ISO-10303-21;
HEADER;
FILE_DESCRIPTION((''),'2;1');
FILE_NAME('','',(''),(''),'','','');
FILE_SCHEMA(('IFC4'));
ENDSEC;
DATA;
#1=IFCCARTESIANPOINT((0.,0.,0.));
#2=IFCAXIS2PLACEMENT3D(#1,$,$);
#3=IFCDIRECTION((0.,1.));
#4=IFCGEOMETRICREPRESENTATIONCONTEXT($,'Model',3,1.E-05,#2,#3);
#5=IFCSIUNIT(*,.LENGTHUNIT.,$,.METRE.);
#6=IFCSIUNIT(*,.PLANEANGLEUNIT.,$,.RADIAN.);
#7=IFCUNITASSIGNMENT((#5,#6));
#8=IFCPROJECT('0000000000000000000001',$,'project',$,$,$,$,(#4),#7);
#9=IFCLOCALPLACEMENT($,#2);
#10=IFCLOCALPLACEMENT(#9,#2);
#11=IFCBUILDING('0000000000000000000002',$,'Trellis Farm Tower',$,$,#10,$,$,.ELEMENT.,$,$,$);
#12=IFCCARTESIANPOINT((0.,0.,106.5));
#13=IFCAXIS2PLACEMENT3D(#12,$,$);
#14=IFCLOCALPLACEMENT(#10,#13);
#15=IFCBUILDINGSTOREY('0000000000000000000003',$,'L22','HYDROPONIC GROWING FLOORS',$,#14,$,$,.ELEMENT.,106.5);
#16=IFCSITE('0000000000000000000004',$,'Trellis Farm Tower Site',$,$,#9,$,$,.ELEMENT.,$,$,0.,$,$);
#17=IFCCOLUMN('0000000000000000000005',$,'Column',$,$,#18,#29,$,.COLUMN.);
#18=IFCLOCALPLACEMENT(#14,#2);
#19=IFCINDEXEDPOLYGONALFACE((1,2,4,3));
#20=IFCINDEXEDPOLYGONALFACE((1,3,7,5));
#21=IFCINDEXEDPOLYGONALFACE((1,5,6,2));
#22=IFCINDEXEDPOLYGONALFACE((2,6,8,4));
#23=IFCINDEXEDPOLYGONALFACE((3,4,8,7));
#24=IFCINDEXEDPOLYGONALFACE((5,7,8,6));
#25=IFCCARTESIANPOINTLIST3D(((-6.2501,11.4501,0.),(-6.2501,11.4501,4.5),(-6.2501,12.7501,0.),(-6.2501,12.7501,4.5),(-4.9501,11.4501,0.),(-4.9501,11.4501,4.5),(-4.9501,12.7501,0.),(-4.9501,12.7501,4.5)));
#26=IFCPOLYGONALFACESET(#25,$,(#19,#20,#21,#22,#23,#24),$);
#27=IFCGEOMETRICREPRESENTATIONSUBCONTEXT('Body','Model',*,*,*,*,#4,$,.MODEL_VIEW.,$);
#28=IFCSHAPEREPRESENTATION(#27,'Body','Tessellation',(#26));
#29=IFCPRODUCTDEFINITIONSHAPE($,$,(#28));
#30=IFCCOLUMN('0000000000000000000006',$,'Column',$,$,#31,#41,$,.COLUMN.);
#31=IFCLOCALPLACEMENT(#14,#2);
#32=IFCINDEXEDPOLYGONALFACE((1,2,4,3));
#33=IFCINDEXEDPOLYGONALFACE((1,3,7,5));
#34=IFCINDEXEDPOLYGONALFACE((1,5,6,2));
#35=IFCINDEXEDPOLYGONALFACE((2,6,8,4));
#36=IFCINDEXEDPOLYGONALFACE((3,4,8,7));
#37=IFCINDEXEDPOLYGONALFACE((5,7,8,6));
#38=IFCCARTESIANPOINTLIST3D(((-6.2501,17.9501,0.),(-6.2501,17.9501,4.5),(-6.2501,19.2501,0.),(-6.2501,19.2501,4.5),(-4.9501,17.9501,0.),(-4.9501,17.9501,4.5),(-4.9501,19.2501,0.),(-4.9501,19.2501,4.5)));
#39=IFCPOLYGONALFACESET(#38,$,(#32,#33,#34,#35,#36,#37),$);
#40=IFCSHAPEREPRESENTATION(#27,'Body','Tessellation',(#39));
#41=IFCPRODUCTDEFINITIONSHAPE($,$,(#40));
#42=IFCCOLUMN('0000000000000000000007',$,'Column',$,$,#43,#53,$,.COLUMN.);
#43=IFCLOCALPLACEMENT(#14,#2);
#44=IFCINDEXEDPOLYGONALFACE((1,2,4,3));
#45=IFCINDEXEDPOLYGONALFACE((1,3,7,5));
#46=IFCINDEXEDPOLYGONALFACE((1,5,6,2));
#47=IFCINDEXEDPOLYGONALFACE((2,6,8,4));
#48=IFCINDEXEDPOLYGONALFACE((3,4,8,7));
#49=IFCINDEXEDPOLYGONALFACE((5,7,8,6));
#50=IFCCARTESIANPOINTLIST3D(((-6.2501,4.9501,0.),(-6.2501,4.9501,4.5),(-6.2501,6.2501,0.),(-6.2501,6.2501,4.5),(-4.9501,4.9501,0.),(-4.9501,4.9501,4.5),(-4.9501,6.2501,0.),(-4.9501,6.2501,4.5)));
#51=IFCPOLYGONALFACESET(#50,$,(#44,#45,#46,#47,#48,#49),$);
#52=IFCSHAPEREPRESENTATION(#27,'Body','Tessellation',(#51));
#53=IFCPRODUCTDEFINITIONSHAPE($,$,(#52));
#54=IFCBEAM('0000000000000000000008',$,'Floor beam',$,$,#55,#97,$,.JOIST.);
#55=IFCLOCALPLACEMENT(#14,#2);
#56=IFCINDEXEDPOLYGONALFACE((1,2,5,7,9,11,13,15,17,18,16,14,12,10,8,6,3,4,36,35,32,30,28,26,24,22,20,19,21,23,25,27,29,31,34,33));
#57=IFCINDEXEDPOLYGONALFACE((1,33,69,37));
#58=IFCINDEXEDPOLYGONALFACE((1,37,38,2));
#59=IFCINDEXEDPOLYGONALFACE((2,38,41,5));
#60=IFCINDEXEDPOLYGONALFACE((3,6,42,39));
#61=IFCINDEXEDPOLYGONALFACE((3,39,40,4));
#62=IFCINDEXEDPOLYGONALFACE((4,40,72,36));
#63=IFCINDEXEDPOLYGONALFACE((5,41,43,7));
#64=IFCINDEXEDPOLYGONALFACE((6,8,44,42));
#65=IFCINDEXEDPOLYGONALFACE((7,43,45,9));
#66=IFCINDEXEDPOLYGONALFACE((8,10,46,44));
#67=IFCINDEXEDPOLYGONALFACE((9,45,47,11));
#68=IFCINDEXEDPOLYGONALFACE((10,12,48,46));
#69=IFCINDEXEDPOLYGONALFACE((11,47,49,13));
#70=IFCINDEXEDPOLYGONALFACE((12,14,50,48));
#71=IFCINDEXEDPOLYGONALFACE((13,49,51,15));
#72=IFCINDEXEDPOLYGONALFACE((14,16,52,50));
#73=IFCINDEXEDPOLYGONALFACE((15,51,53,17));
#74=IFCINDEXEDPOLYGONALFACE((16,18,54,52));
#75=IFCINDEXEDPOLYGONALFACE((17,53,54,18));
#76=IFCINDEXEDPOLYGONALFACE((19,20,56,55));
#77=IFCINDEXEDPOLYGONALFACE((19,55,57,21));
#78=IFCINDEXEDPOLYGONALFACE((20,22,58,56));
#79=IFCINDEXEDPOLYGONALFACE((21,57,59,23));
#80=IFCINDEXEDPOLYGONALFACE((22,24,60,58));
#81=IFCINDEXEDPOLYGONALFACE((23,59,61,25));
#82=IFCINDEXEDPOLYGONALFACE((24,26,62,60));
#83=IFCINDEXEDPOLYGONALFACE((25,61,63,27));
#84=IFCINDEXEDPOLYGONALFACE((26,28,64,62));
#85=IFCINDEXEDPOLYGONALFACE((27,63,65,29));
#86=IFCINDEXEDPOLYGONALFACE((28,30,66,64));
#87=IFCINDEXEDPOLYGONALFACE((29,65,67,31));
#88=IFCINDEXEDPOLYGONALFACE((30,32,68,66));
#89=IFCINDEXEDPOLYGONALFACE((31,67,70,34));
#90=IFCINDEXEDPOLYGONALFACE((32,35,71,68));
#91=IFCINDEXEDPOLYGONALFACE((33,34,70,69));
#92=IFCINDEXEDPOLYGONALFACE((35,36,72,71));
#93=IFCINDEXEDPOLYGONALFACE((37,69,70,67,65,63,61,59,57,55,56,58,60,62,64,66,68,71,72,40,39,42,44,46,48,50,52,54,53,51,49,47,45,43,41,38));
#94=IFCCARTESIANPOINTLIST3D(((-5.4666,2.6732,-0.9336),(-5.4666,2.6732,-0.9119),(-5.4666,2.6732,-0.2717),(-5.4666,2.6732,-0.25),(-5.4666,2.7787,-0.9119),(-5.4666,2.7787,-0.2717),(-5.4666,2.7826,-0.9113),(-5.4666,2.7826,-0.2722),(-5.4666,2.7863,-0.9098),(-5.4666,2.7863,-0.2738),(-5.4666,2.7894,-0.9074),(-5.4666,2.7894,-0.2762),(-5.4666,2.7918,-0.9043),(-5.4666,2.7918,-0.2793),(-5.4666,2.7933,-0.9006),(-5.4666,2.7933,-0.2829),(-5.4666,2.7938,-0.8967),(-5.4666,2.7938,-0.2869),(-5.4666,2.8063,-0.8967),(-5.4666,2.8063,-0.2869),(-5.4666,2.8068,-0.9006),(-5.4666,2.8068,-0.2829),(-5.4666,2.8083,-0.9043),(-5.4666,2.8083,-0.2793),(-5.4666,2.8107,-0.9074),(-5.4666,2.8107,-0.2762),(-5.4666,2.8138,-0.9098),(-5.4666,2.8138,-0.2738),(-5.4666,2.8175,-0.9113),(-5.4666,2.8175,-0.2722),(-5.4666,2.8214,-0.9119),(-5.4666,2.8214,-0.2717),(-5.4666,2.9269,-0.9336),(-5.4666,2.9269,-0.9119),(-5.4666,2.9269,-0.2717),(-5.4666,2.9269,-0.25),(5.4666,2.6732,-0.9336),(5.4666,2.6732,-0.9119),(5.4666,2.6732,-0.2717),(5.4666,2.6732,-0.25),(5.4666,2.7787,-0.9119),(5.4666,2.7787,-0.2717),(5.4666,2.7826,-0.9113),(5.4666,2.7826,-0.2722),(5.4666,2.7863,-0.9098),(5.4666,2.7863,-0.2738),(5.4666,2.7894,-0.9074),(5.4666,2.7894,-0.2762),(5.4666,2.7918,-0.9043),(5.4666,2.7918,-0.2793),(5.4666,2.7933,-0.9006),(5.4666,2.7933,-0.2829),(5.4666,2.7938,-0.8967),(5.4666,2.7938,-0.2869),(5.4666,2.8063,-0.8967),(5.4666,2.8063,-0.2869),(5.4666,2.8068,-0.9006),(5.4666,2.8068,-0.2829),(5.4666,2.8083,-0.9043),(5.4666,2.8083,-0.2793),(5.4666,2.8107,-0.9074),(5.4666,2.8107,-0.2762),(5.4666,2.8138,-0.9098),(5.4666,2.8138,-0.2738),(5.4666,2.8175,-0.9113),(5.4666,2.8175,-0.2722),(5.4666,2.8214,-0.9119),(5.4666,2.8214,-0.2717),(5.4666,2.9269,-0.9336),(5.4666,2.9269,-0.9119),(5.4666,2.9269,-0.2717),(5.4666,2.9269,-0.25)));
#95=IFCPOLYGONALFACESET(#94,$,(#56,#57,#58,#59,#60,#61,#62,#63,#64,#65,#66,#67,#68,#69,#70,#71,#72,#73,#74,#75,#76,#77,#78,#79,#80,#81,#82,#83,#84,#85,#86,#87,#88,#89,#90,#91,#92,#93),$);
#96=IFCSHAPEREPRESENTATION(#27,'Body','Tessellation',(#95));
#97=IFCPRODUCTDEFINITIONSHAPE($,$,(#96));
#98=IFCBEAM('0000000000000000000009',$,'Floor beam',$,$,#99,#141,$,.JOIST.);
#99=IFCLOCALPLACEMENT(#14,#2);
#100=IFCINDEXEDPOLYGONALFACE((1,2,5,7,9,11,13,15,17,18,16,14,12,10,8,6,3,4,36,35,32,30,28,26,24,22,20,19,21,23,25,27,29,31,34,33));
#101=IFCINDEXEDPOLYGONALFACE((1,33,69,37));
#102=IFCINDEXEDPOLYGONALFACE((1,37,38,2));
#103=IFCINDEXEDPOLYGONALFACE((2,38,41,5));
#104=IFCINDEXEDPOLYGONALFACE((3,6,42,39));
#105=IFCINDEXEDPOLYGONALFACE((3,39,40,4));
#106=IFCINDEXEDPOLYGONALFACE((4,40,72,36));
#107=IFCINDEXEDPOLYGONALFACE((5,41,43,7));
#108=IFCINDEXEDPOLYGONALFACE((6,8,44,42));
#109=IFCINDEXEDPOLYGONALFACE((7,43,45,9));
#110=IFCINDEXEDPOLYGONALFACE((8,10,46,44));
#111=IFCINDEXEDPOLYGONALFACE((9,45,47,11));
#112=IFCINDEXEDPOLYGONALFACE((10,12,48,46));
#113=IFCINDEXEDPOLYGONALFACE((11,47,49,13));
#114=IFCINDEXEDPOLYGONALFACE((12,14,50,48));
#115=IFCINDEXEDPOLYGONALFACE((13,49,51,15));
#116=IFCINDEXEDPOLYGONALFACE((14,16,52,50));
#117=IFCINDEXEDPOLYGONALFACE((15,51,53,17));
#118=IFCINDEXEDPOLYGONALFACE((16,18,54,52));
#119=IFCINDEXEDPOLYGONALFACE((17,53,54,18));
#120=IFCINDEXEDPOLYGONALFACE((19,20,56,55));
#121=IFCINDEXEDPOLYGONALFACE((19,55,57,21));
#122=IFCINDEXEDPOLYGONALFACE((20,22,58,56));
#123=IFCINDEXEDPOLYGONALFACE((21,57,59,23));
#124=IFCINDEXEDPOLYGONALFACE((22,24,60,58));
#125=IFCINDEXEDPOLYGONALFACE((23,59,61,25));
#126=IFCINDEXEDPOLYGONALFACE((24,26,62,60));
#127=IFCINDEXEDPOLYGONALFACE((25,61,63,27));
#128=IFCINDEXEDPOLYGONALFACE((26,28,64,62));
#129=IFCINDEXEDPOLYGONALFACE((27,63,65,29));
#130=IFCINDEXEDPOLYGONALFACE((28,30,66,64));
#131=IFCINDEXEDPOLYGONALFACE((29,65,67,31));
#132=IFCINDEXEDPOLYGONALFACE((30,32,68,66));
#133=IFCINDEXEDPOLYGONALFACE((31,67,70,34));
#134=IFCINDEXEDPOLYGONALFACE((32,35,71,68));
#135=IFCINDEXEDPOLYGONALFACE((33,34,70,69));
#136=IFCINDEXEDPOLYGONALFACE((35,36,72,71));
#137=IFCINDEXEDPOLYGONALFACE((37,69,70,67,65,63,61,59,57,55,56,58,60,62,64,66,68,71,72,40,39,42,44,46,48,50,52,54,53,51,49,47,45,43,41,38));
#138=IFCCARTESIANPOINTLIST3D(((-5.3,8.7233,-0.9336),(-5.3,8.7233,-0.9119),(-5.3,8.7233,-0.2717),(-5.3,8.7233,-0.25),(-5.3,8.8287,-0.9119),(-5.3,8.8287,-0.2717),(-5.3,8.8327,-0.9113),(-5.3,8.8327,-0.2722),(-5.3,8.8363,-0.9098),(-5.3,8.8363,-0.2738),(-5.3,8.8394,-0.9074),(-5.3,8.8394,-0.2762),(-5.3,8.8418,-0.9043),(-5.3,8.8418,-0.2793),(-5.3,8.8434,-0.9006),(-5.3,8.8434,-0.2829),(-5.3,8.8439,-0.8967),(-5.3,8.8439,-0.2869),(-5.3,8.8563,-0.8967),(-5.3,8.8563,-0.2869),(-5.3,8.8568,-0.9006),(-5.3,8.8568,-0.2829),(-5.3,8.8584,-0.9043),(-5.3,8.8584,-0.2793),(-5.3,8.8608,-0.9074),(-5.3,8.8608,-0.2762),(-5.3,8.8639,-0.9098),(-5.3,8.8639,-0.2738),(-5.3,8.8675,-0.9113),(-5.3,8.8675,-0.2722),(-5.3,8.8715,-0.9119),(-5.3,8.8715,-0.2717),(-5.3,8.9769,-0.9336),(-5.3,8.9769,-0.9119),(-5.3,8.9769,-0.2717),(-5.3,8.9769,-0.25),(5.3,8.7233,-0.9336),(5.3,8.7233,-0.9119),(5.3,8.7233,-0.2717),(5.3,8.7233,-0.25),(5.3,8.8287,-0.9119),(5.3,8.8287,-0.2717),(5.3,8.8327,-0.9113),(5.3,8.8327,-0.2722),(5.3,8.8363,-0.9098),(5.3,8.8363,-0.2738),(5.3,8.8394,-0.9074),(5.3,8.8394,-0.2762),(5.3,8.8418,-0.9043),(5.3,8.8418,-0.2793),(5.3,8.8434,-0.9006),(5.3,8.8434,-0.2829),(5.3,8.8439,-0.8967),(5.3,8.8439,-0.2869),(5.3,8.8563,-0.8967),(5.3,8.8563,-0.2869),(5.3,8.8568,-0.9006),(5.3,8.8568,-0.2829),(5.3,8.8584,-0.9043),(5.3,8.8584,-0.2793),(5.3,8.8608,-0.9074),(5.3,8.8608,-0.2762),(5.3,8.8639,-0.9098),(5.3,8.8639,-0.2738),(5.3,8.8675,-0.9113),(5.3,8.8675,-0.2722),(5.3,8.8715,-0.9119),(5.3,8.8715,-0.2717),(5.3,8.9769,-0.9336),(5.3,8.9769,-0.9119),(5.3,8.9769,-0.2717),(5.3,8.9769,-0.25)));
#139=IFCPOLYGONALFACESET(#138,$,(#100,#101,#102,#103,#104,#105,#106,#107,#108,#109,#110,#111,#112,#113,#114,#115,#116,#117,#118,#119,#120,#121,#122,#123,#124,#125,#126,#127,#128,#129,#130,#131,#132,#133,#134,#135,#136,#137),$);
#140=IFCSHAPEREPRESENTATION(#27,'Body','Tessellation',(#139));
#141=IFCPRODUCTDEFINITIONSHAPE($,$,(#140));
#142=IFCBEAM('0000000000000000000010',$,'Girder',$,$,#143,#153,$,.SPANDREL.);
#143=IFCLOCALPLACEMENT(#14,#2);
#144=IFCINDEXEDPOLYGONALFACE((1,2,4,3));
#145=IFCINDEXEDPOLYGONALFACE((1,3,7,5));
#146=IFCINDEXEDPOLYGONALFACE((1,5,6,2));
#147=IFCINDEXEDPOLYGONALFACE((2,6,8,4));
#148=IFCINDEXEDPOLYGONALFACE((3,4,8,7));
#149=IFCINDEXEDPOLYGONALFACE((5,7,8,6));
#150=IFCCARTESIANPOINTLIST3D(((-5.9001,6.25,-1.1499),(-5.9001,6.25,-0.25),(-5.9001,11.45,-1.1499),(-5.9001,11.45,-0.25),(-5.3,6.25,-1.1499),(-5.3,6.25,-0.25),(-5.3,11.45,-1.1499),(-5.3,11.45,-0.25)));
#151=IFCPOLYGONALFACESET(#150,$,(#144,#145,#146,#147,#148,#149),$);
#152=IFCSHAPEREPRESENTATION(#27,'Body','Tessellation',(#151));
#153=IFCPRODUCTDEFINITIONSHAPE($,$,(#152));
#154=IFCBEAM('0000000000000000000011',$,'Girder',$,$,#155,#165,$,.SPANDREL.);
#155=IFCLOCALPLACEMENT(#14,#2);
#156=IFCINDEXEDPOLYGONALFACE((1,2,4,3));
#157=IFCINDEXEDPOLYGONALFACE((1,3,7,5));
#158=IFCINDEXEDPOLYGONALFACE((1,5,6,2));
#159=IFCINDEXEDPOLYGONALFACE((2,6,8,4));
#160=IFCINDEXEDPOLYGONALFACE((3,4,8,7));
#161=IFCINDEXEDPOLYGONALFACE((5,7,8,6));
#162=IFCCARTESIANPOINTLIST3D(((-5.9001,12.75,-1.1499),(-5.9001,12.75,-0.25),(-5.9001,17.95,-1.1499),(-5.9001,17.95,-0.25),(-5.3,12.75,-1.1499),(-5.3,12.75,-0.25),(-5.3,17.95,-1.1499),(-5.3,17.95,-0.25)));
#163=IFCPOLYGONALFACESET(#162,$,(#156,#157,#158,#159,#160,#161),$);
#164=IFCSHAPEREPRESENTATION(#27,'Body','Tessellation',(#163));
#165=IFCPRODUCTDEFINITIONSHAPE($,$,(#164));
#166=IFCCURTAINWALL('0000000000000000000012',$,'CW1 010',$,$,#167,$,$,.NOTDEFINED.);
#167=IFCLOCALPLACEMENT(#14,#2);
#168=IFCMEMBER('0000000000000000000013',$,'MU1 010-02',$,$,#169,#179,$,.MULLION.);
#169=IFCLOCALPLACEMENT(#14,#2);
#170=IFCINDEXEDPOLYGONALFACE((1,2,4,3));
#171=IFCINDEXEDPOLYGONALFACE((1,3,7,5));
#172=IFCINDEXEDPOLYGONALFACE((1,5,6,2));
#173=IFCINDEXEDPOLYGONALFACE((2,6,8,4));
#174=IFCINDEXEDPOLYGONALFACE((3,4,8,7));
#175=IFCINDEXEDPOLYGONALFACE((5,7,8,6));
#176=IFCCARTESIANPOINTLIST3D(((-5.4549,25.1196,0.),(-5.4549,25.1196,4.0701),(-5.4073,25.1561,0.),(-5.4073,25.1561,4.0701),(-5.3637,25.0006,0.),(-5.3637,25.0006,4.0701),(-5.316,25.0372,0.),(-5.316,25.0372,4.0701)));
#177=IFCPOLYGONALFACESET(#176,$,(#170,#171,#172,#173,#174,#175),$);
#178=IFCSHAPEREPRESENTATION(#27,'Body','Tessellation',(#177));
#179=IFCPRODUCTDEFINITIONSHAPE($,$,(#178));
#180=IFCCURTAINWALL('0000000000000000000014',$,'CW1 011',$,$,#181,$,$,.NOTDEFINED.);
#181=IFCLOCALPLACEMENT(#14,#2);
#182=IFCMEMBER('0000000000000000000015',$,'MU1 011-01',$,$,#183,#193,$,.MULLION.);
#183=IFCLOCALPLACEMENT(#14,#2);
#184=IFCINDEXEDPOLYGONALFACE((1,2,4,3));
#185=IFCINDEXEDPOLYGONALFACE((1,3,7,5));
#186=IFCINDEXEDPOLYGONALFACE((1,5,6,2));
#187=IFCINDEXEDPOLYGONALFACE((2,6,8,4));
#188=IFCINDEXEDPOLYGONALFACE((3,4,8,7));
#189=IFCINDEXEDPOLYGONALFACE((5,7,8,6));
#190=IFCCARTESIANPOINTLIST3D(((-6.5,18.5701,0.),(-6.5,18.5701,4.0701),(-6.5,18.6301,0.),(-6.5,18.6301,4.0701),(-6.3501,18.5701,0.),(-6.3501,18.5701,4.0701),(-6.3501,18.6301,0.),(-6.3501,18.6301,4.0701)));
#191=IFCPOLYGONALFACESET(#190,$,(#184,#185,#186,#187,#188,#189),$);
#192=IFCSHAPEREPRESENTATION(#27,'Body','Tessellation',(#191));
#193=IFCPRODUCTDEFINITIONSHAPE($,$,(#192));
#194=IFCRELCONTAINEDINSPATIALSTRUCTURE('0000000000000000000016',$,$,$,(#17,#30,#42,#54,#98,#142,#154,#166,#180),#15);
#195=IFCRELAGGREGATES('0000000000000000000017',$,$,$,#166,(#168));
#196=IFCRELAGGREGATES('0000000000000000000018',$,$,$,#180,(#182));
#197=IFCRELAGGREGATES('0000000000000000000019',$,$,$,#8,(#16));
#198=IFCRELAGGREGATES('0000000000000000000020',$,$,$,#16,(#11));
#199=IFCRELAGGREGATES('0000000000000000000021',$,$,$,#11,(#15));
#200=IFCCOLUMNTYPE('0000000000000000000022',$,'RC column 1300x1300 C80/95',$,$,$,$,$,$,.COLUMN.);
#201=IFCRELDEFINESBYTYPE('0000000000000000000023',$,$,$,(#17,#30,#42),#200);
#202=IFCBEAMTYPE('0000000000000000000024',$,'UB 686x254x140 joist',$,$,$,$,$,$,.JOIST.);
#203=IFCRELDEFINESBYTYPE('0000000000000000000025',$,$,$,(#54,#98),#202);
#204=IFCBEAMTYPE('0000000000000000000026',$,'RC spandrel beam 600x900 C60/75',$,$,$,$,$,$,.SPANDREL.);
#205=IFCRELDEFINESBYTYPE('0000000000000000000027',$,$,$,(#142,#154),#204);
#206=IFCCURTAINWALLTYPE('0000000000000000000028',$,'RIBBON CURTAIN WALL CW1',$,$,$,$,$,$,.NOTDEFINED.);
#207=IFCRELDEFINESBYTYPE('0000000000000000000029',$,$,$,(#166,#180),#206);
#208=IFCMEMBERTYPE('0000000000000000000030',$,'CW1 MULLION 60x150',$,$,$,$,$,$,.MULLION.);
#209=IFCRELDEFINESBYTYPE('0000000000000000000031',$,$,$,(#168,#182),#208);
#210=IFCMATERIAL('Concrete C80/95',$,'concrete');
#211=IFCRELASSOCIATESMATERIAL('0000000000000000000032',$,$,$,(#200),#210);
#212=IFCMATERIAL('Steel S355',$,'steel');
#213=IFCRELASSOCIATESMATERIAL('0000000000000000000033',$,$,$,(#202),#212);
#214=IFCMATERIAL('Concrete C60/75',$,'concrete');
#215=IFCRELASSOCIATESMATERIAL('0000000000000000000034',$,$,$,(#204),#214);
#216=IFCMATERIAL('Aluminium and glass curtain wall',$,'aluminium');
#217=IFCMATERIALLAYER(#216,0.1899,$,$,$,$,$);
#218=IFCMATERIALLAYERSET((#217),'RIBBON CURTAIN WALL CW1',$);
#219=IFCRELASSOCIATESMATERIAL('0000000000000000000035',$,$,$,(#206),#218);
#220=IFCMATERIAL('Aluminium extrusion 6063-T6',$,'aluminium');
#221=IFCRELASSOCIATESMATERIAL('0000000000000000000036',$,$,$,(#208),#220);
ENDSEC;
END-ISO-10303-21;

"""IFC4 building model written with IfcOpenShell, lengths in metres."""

from ifc_helpers import new_model, si_unit, direction, frame, origin, origin_2d, place, context, subcontext, project, spatial, rectangle, i_section, extrude, source, transform, mapped, material, layer, layer_set, material_profile, profile_set, type_object, element, aggregate, save


model = new_model("IFC4")

# Units and contexts
model_context = context("Model", 3, precision=1e-05, world=origin(), true_north=direction((0.0, 1.0)))
body_context = subcontext(model_context, "Body", "Model", "MODEL_VIEW")
ifc_project = project(units=[si_unit("LENGTHUNIT", "METRE"), si_unit("PLANEANGLEUNIT", "RADIAN")], contexts=[model_context])

# Site, building, storey
site_placement = place(None, origin())
site = spatial("IfcSite", under=ifc_project, at=site_placement, Name="Trellis Farm Tower Site", CompositionType="ELEMENT", RefElevation=0.0)
building_placement = place(site_placement, origin())
building = spatial("IfcBuilding", under=site, at=building_placement, Name="Trellis Farm Tower", CompositionType="ELEMENT")
storey_placement = place(building_placement, frame((0.0, 0.0, 106.5)))
storey = spatial("IfcBuildingStorey", under=building, at=storey_placement, Name="L22", Description="HYDROPONIC GROWING FLOORS", CompositionType="ELEMENT", Elevation=106.5)

# Columns
ifc_material_1 = material(Name="Concrete C80/95", Category="concrete")
ifc_material_profile_1 = material_profile(ifc_material_1, rectangle(XDim=1.3, YDim=1.3, at=origin_2d()), Name="RC column 1300x1300 C80/95")
ifc_profile_set_1 = profile_set([ifc_material_profile_1], Name="Concrete C80/95")
column_type = type_object("IfcColumnType", Name="RC column 1300x1300 C80/95", PredefinedType="COLUMN", material=ifc_profile_set_1)
shared_shape_1 = source(origin(), body_context, "Body", "SweptSolid", [
    extrude(rectangle(XDim=1.3, YDim=1.3, at=origin_2d()), origin(), (0.0, 0.0, 1.0), 4.5),
])
for number, where, z_axis, x_axis, name in (
    (1, (-5.6001, 12.1001, 0.0), (0.0, 0.0, 1.0), (1.0, 0.0, 0.0), "Column"),
    (2, (-5.6001, 18.6001, 0.0), (0.0, 0.0, 1.0), (1.0, 0.0, 0.0), "Column"),
    (3, (-5.6001, 5.6001, 0.0), (0.0, 0.0, 1.0), (1.0, 0.0, 0.0), "Column"),
):
    element("IfcColumn", number, at=place(storey_placement, frame(where, z_axis=z_axis, x_axis=x_axis)), inside=storey, type_object=column_type, Name=name, PredefinedType="COLUMN", context=body_context, shape_type="MappedRepresentation", body=[
        mapped(shared_shape_1, transform((0.0, 0.0, 0.0))),
    ])

# Beams
ifc_material_2 = material(Name="Steel S355", Category="steel")
ifc_material_profile_2 = material_profile(ifc_material_2, i_section(OverallWidth=0.2537, OverallDepth=0.6836, WebThickness=0.0125, FlangeThickness=0.0217, FilletRadius=0.0151, at=origin_2d()), Name="UB 686x254x140")
ifc_profile_set_2 = profile_set([ifc_material_profile_2], Name="Steel S355")
beam_type_1 = type_object("IfcBeamType", Name="UB 686x254x140 joist", PredefinedType="JOIST", material=ifc_profile_set_2)
shared_shape_2 = source(origin(), body_context, "Body", "SweptSolid", [
    extrude(i_section(OverallWidth=0.2537, OverallDepth=0.6836, WebThickness=0.0125, FlangeThickness=0.0217, FilletRadius=0.0151, at=origin_2d()), origin(), (0.0, 0.0, 1.0), 10.9331),
])
beam_1_placement = place(storey_placement, frame((-5.4666, 2.8, -0.5918), z_axis=(1.0, 0.0, 0.0), x_axis=(0.0, 1.0, 0.0)))
element("IfcBeam", 4, at=beam_1_placement, inside=storey, type_object=beam_type_1, Name="Floor beam", PredefinedType="JOIST", context=body_context, shape_type="MappedRepresentation", body=[
    mapped(shared_shape_2, transform((0.0, 0.0, 0.0))),
])
shared_shape_3 = source(origin(), body_context, "Body", "SweptSolid", [
    extrude(i_section(OverallWidth=0.2537, OverallDepth=0.6836, WebThickness=0.0125, FlangeThickness=0.0217, FilletRadius=0.0151, at=origin_2d()), origin(), (0.0, 0.0, 1.0), 10.6001),
])
beam_2_placement = place(storey_placement, frame((-5.3, 8.8501, -0.5918), z_axis=(1.0, 0.0, 0.0), x_axis=(0.0, 1.0, 0.0)))
element("IfcBeam", 5, at=beam_2_placement, inside=storey, type_object=beam_type_1, Name="Floor beam", PredefinedType="JOIST", context=body_context, shape_type="MappedRepresentation", body=[
    mapped(shared_shape_3, transform((0.0, 0.0, 0.0))),
])
ifc_material_3 = material(Name="Concrete C60/75", Category="concrete")
ifc_material_profile_3 = material_profile(ifc_material_3, rectangle(XDim=0.6001, YDim=0.8999, at=origin_2d()), Name="RC spandrel beam 600x900 C60/75")
ifc_profile_set_3 = profile_set([ifc_material_profile_3], Name="Concrete C60/75")
beam_type_2 = type_object("IfcBeamType", Name="RC spandrel beam 600x900 C60/75", PredefinedType="SPANDREL", material=ifc_profile_set_3)
shared_shape_4 = source(origin(), body_context, "Body", "SweptSolid", [
    extrude(rectangle(XDim=0.6001, YDim=0.8999, at=origin_2d()), origin(), (0.0, 0.0, 1.0), 5.2),
])
for number, where, z_axis, x_axis, name in (
    (6, (-5.6001, 6.25, -0.7), (0.0, 1.0, 0.0), (-1.0, 0.0, 0.0), "Girder"),
    (7, (-5.6001, 12.75, -0.7), (0.0, 1.0, 0.0), (-1.0, 0.0, 0.0), "Girder"),
):
    element("IfcBeam", number, at=place(storey_placement, frame(where, z_axis=z_axis, x_axis=x_axis)), inside=storey, type_object=beam_type_2, Name=name, PredefinedType="SPANDREL", context=body_context, shape_type="MappedRepresentation", body=[
        mapped(shared_shape_4, transform((0.0, 0.0, 0.0))),
    ])

# Curtain wall, member
ifc_material_4 = material(Name="Aluminium and glass curtain wall", Category="aluminium")
ifc_layer_1 = layer(ifc_material_4, 0.1899)
ifc_layer_set_1 = layer_set([ifc_layer_1], Name="RIBBON CURTAIN WALL CW1")
curtain_wall_type_1 = type_object("IfcCurtainWallType", Name="RIBBON CURTAIN WALL CW1", PredefinedType="NOTDEFINED", material=ifc_layer_set_1)
placement = place(storey_placement, origin())
curtain_wall_1 = element("IfcCurtainWall", 8, at=placement, inside=storey, type_object=curtain_wall_type_1, Name="CW1 010", PredefinedType="NOTDEFINED")
ifc_material_5 = material(Name="Aluminium extrusion 6063-T6", Category="aluminium")
ifc_material_profile_4 = material_profile(ifc_material_5, rectangle(XDim=0.0601, YDim=0.1499, at=origin_2d()), Name="MULLION 60x150")
ifc_profile_set_4 = profile_set([ifc_material_profile_4], Name="Aluminium extrusion 6063-T6")
member_type_1 = type_object("IfcMemberType", Name="CW1 MULLION 60x150", PredefinedType="MULLION", material=ifc_profile_set_4)
shared_shape_5 = source(origin(), body_context, "Body", "SweptSolid", [
    extrude(rectangle(XDim=0.0601, YDim=0.1499, at=origin_2d()), origin(), (0.0, 0.0, 1.0), 4.0701),
])
member_1_placement = place(storey_placement, frame((-5.3855, 25.0784, 0.0), z_axis=(0.0, 0.0, 1.0), x_axis=(-0.793353, -0.608761, 0.0)))
member_1 = element("IfcMember", 9, at=member_1_placement, type_object=member_type_1, Name="MU1 010-02", PredefinedType="MULLION", context=body_context, shape_type="MappedRepresentation", body=[
    mapped(shared_shape_5, transform((0.0, 0.0, 0.0))),
])
aggregate(curtain_wall_1, [member_1])

# Curtain wall, member
curtain_wall_2 = element("IfcCurtainWall", 10, at=placement, inside=storey, type_object=curtain_wall_type_1, Name="CW1 011", PredefinedType="NOTDEFINED")
member_2_placement = place(storey_placement, frame((-6.425, 18.6001, 0.0), z_axis=(0.0, 0.0, 1.0), x_axis=(0.0, -1.0, 0.0)))
member_2 = element("IfcMember", 11, at=member_2_placement, type_object=member_type_1, Name="MU1 011-01", PredefinedType="MULLION", context=body_context, shape_type="MappedRepresentation", body=[
    mapped(shared_shape_5, transform((0.0, 0.0, 0.0))),
])
aggregate(curtain_wall_2, [member_2])

save(model, "model.ifc")
